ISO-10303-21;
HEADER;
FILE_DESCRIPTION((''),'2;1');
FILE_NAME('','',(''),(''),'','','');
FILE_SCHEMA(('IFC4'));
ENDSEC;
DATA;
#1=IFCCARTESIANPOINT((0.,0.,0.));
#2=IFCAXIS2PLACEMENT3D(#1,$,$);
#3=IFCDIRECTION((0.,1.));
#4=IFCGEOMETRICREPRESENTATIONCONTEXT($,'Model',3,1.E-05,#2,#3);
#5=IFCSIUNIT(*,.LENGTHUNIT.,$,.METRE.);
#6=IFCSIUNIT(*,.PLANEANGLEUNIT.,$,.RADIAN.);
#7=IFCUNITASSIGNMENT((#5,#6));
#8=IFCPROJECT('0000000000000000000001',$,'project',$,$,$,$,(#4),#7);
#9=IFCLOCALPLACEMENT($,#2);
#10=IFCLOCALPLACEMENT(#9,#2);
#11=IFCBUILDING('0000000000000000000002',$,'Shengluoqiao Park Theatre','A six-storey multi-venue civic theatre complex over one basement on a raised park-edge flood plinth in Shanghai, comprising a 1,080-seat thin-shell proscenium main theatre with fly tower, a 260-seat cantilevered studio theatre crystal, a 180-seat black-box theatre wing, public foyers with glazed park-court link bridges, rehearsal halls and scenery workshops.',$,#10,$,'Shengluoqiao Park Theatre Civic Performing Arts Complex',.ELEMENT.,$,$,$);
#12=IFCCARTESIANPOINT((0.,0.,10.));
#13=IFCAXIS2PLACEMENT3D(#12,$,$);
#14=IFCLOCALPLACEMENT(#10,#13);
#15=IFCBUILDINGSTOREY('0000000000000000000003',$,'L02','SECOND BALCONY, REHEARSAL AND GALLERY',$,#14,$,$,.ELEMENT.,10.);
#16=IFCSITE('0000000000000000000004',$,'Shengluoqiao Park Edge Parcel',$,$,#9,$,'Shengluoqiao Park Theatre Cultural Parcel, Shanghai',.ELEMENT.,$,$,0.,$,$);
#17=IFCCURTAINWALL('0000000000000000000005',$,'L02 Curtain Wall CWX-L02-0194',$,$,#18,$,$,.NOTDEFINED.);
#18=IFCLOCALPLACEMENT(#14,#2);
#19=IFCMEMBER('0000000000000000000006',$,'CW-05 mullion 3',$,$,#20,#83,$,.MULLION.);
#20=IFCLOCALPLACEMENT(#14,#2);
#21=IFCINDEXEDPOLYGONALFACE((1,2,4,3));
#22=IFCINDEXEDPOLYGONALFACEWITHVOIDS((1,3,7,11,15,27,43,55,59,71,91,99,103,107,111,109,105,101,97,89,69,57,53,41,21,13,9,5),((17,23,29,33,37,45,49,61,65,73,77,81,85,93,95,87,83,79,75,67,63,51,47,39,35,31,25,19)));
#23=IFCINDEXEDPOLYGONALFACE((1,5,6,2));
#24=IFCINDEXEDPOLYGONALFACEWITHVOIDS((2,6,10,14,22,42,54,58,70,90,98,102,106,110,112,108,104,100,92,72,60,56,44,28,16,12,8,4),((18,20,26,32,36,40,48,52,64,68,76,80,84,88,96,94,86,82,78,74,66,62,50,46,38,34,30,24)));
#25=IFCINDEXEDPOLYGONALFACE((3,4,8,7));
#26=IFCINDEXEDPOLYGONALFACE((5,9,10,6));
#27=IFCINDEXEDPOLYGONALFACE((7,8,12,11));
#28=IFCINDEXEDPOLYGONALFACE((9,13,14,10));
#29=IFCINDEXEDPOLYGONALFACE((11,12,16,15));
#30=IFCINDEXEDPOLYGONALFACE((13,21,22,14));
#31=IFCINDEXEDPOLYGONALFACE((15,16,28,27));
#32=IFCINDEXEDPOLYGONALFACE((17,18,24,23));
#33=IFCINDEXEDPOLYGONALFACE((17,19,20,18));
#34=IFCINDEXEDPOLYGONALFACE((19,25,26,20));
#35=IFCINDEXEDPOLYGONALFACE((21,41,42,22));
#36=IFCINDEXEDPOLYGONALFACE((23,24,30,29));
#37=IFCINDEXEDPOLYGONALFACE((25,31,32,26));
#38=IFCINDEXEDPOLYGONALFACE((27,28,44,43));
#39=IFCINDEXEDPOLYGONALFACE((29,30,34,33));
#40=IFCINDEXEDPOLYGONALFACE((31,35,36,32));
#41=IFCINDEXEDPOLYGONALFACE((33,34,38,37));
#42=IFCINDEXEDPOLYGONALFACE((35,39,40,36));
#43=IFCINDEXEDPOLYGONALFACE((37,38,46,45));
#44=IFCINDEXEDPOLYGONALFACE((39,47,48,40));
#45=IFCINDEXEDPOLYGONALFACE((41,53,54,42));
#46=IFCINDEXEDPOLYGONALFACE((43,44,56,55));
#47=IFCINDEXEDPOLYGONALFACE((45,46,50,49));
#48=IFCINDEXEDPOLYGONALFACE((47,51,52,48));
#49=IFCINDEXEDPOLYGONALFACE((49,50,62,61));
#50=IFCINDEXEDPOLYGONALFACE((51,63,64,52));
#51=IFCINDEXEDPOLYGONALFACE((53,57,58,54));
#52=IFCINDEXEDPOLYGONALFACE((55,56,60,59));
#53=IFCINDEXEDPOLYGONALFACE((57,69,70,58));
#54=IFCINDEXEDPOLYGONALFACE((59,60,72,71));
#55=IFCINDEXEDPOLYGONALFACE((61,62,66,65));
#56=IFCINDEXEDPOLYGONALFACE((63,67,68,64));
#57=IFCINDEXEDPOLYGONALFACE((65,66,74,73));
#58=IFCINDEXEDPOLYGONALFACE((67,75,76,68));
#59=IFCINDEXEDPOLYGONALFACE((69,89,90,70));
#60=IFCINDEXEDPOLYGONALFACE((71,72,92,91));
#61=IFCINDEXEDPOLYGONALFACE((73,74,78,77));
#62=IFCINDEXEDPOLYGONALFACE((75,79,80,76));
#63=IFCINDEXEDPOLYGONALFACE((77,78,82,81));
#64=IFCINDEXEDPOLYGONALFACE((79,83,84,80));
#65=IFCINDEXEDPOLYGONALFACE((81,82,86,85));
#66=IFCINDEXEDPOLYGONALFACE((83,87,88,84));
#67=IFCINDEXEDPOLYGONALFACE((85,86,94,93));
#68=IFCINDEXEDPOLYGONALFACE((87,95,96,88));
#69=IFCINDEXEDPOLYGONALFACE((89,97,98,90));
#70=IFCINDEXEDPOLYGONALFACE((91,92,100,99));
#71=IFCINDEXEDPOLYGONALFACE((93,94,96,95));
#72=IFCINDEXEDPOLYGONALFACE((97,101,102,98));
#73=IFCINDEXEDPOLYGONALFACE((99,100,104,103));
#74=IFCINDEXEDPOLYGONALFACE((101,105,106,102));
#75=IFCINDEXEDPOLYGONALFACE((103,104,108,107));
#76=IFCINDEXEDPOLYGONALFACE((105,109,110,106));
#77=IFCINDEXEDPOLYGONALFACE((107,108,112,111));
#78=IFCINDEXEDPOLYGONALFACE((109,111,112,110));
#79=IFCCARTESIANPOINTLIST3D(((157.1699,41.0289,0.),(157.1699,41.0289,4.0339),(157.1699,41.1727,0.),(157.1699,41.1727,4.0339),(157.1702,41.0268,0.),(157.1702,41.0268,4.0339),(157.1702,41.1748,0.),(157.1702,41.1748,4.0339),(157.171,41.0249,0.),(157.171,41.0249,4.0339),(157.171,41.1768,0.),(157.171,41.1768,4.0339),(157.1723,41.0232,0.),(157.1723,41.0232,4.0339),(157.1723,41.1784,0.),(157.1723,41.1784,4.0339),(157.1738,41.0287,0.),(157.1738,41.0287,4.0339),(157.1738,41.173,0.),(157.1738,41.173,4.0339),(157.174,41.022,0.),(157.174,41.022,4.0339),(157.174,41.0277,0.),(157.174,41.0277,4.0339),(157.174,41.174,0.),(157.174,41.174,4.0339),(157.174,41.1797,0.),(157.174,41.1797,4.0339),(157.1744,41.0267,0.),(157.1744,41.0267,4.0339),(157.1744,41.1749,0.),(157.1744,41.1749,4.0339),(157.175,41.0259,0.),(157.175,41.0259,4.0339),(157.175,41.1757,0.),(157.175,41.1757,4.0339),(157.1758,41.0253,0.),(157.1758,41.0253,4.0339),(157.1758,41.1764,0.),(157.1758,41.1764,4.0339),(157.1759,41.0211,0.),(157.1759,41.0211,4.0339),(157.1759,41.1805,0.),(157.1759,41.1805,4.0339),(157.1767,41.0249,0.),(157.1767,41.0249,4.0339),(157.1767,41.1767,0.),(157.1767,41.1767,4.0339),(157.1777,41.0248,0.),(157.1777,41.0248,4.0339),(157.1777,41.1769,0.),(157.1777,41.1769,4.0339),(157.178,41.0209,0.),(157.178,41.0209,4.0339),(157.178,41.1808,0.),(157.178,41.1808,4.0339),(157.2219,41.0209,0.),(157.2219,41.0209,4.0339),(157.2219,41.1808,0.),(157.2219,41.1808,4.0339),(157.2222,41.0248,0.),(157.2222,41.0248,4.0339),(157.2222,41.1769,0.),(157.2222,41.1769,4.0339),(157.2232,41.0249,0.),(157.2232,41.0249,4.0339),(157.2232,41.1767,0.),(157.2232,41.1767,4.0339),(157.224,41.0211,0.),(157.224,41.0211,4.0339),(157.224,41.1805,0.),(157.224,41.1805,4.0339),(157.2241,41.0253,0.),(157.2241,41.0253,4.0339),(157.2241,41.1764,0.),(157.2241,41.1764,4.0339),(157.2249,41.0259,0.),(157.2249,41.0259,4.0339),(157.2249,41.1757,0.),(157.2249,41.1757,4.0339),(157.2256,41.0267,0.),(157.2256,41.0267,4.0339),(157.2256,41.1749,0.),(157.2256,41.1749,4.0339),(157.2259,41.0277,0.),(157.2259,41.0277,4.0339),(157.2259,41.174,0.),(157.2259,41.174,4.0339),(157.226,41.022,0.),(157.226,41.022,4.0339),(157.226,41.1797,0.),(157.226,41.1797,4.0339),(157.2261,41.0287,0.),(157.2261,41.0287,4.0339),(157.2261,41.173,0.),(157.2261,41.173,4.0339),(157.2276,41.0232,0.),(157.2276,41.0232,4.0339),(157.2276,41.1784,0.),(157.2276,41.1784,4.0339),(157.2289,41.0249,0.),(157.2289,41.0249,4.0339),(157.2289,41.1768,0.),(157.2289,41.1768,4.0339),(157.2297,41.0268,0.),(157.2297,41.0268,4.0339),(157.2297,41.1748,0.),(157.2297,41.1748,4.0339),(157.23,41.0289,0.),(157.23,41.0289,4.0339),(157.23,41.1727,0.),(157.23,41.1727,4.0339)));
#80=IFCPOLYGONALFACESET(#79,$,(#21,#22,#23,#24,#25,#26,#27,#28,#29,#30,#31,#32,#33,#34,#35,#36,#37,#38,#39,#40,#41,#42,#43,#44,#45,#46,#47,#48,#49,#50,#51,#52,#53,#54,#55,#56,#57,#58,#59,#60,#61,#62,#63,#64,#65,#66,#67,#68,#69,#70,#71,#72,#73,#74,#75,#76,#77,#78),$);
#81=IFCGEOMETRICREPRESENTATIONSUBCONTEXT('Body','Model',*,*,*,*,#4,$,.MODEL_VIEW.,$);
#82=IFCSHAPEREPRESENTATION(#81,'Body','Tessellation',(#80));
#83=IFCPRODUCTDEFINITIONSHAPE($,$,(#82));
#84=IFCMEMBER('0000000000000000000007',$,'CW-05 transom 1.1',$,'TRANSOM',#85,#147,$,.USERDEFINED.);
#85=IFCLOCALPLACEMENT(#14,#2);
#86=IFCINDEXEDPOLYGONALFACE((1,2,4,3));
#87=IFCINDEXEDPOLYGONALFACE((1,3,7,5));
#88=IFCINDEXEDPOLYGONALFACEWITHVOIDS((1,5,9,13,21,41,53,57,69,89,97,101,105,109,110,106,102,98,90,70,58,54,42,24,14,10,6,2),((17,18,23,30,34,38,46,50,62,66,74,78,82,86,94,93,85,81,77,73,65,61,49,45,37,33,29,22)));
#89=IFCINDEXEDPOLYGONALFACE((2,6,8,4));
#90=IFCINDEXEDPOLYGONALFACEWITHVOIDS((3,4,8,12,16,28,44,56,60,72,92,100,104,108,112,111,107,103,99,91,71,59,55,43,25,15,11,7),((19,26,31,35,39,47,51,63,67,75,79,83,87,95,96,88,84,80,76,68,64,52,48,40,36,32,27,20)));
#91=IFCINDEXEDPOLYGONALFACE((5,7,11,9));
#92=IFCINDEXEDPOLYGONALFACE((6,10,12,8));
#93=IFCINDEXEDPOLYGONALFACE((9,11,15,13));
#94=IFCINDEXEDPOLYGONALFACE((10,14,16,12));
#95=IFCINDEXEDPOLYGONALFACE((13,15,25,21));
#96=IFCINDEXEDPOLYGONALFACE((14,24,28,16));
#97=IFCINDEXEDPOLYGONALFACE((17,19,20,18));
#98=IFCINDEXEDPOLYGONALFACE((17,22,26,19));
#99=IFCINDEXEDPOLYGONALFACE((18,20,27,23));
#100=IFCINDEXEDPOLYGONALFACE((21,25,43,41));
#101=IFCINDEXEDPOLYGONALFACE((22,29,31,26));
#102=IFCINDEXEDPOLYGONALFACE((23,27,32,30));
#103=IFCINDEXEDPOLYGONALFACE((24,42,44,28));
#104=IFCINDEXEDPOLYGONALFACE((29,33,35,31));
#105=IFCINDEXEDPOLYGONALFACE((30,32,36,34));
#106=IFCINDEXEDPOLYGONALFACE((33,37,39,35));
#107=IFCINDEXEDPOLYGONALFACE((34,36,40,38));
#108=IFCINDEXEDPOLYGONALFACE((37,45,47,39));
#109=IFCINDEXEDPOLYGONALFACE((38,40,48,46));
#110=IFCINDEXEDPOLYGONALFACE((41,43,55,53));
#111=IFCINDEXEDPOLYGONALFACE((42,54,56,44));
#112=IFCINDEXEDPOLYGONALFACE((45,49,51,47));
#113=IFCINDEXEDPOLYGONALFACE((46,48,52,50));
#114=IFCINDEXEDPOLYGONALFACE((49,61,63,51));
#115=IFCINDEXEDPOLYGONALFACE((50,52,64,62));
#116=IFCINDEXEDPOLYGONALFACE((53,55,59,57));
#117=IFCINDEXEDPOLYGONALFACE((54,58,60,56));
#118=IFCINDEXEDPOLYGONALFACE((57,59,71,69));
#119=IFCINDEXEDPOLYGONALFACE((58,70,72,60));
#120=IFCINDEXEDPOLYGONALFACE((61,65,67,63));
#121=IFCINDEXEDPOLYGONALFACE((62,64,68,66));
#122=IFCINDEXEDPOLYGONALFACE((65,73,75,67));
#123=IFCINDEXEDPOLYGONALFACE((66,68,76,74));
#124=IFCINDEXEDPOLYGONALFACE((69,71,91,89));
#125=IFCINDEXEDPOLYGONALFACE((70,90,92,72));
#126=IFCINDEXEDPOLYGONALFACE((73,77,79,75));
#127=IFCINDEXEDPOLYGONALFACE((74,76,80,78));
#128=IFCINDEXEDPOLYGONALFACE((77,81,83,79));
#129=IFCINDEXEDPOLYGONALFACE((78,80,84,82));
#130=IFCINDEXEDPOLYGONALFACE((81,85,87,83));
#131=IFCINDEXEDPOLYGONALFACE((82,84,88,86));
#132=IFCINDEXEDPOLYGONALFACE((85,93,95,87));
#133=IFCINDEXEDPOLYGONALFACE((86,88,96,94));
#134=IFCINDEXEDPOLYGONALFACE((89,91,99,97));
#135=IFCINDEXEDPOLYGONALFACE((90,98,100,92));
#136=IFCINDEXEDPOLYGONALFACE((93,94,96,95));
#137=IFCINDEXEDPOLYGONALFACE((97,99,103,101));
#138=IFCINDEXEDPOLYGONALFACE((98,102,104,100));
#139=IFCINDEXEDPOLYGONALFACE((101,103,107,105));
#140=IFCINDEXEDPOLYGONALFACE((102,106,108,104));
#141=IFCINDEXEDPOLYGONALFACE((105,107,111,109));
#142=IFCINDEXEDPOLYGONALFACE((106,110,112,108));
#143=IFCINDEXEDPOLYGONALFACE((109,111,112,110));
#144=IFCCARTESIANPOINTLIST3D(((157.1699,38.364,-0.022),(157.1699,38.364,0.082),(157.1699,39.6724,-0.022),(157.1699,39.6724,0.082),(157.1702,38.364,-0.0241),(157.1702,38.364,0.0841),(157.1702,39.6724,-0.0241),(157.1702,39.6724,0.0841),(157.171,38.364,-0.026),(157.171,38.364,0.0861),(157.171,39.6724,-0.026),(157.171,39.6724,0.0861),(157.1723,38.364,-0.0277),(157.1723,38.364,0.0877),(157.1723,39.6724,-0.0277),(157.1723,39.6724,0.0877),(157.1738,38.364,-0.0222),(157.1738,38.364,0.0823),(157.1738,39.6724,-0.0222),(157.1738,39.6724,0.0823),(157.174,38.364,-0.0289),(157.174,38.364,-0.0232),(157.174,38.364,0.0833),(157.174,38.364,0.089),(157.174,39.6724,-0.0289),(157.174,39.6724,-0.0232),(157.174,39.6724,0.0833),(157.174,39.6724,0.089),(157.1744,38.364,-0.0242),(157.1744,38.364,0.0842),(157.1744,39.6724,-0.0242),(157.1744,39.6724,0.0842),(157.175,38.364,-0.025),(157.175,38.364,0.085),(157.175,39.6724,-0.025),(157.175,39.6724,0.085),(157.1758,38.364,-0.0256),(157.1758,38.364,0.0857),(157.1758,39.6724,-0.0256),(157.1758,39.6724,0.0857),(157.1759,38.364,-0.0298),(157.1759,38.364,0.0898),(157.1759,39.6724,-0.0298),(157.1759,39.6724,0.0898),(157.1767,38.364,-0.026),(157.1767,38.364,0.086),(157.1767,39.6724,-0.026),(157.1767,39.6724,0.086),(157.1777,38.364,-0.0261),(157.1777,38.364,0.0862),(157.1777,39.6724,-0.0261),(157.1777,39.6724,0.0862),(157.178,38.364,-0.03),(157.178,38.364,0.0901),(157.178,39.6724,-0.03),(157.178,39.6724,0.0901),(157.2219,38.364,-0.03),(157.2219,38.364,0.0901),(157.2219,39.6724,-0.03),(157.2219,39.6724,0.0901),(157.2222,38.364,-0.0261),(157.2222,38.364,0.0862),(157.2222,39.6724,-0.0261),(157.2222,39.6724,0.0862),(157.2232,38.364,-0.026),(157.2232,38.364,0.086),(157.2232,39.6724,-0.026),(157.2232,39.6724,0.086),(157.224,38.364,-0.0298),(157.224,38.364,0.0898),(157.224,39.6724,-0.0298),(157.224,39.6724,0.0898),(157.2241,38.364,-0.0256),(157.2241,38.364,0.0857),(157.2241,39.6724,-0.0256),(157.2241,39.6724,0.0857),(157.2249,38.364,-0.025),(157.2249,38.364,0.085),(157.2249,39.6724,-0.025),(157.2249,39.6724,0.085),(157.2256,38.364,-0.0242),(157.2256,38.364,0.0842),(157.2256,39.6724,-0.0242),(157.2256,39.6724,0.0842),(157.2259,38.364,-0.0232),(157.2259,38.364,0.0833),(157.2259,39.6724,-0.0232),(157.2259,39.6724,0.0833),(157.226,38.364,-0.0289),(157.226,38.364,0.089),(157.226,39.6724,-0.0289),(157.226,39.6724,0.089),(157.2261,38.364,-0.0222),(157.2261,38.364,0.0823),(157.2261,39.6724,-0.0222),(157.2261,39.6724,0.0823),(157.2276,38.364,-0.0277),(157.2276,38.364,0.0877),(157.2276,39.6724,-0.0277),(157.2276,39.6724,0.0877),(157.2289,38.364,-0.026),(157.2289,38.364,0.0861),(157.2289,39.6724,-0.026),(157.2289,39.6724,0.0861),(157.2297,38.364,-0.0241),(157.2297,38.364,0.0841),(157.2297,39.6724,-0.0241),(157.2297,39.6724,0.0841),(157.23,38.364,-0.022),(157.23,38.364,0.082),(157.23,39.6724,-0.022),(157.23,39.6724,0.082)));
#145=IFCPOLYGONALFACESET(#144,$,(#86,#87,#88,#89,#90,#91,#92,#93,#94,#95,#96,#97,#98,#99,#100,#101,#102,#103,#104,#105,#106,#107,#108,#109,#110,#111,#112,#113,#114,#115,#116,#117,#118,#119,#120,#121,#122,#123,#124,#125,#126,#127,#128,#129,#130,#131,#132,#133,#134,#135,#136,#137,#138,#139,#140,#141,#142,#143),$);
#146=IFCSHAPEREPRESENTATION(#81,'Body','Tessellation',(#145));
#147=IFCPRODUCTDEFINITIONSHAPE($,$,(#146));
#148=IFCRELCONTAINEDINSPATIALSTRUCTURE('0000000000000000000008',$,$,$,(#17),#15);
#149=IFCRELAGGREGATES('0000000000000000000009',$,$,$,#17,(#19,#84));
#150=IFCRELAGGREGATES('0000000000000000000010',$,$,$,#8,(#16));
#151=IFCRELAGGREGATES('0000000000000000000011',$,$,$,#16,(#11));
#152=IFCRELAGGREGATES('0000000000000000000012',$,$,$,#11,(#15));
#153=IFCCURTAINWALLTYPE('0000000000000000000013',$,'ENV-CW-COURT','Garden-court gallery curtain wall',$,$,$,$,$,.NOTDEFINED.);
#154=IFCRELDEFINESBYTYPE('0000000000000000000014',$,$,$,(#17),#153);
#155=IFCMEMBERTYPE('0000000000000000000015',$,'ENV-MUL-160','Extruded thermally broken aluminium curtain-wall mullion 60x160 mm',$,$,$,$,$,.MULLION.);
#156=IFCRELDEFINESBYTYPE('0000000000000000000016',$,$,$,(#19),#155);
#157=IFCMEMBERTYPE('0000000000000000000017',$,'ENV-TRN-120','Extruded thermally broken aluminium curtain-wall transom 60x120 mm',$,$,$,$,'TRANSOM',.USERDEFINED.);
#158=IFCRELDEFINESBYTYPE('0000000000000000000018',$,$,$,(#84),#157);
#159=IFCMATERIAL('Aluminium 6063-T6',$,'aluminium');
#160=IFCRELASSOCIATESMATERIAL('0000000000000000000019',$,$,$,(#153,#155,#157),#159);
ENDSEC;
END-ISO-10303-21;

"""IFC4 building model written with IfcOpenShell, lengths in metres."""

from ifc_helpers import new_model, si_unit, direction, frame, origin, origin_2d, place, context, subcontext, project, spatial, hollow_rectangle, extrude, material, material_profile, profile_set, type_object, element, aggregate, save


model = new_model("IFC4")

# Units and contexts
model_context = context("Model", 3, precision=1e-05, world=origin(), true_north=direction((0.0, 1.0)))
body_context = subcontext(model_context, "Body", "Model", "MODEL_VIEW")
ifc_project = project(units=[si_unit("LENGTHUNIT", "METRE"), si_unit("PLANEANGLEUNIT", "RADIAN")], contexts=[model_context])

# Site, building, storey
site_placement = place(None, origin())
site = spatial("IfcSite", under=ifc_project, at=site_placement, Name="Shengluoqiao Park Edge Parcel", LongName="Shengluoqiao Park Theatre Cultural Parcel, Shanghai", CompositionType="ELEMENT", RefElevation=0.0)
building_placement = place(site_placement, origin())
building = spatial("IfcBuilding", under=site, at=building_placement, Name="Shengluoqiao Park Theatre", Description="A six-storey multi-venue civic theatre complex over one basement on a raised park-edge flood plinth in Shanghai, comprising a 1,080-seat thin-shell proscenium main theatre with fly tower, a 260-seat cantilevered studio theatre crystal, a 180-seat black-box theatre wing, public foyers with glazed park-court link bridges, rehearsal halls and scenery workshops.", LongName="Shengluoqiao Park Theatre Civic Performing Arts Complex", CompositionType="ELEMENT")
storey_placement = place(building_placement, frame((0.0, 0.0, 10.0)))
storey = spatial("IfcBuildingStorey", under=building, at=storey_placement, Name="L02", Description="SECOND BALCONY, REHEARSAL AND GALLERY", CompositionType="ELEMENT", Elevation=10.0)

# Curtain wall, members
ifc_material_1 = material(Name="Aluminium 6063-T6", Category="aluminium")
curtain_wall_type = type_object("IfcCurtainWallType", Name="ENV-CW-COURT", Description="Garden-court gallery curtain wall", PredefinedType="NOTDEFINED", material=ifc_material_1)
curtain_wall_placement = place(storey_placement, origin())
curtain_wall = element("IfcCurtainWall", 1, at=curtain_wall_placement, inside=storey, type_object=curtain_wall_type, Name="L02 Curtain Wall CWX-L02-0194", PredefinedType="NOTDEFINED")
ifc_material_profile_1 = material_profile(ifc_material_1, hollow_rectangle(XDim=0.0601, YDim=0.1599, WallThickness=0.0039, InnerFilletRadius=0.0039, OuterFilletRadius=0.0081, at=origin_2d()), Name="ALU MULLION 160x60x4")
ifc_profile_set_1 = profile_set([ifc_material_profile_1], Name="Aluminium 6063-T6")
member_type_1 = type_object("IfcMemberType", Name="ENV-MUL-160", Description="Extruded thermally broken aluminium curtain-wall mullion 60x160 mm", PredefinedType="MULLION", material=ifc_profile_set_1)
member_1_placement = place(storey_placement, frame((157.2, 41.1008, 0.0), z_axis=(0.0, 0.0, 1.0), x_axis=(-1.0, 0.0, 0.0)))
member_1 = element("IfcMember", 2, at=member_1_placement, type_object=member_type_1, Name="CW-05 mullion 3", PredefinedType="MULLION", context=body_context, shape_type="SweptSolid", body=[
    extrude(hollow_rectangle(XDim=0.0601, YDim=0.1599, WallThickness=0.0039, InnerFilletRadius=0.0039, OuterFilletRadius=0.0081, at=origin_2d()), origin(), (0.0, 0.0, 1.0), 4.0339),
])
ifc_material_profile_2 = material_profile(ifc_material_1, hollow_rectangle(XDim=0.0601, YDim=0.1201, WallThickness=0.0039, InnerFilletRadius=0.0039, OuterFilletRadius=0.0081, at=origin_2d()), Name="ALU TRANSOM 120x60x4")
ifc_profile_set_2 = profile_set([ifc_material_profile_2], Name="Aluminium 6063-T6")
member_type_2 = type_object("IfcMemberType", Name="ENV-TRN-120", Description="Extruded thermally broken aluminium curtain-wall transom 60x120 mm", ElementType="TRANSOM", PredefinedType="USERDEFINED", material=ifc_profile_set_2)
member_2_placement = place(storey_placement, frame((157.2, 38.364, 0.03), z_axis=(0.0, 1.0, 0.0), x_axis=(-1.0, 0.0, 0.0)))
member_2 = element("IfcMember", 3, at=member_2_placement, type_object=member_type_2, Name="CW-05 transom 1.1", ObjectType="TRANSOM", PredefinedType="USERDEFINED", context=body_context, shape_type="SweptSolid", body=[
    extrude(hollow_rectangle(XDim=0.0601, YDim=0.1201, WallThickness=0.0039, InnerFilletRadius=0.0039, OuterFilletRadius=0.0081, at=origin_2d()), origin(), (0.0, 0.0, 1.0), 1.3083),
])

aggregate(curtain_wall, [member_1, member_2])

save(model, "model.ifc")
